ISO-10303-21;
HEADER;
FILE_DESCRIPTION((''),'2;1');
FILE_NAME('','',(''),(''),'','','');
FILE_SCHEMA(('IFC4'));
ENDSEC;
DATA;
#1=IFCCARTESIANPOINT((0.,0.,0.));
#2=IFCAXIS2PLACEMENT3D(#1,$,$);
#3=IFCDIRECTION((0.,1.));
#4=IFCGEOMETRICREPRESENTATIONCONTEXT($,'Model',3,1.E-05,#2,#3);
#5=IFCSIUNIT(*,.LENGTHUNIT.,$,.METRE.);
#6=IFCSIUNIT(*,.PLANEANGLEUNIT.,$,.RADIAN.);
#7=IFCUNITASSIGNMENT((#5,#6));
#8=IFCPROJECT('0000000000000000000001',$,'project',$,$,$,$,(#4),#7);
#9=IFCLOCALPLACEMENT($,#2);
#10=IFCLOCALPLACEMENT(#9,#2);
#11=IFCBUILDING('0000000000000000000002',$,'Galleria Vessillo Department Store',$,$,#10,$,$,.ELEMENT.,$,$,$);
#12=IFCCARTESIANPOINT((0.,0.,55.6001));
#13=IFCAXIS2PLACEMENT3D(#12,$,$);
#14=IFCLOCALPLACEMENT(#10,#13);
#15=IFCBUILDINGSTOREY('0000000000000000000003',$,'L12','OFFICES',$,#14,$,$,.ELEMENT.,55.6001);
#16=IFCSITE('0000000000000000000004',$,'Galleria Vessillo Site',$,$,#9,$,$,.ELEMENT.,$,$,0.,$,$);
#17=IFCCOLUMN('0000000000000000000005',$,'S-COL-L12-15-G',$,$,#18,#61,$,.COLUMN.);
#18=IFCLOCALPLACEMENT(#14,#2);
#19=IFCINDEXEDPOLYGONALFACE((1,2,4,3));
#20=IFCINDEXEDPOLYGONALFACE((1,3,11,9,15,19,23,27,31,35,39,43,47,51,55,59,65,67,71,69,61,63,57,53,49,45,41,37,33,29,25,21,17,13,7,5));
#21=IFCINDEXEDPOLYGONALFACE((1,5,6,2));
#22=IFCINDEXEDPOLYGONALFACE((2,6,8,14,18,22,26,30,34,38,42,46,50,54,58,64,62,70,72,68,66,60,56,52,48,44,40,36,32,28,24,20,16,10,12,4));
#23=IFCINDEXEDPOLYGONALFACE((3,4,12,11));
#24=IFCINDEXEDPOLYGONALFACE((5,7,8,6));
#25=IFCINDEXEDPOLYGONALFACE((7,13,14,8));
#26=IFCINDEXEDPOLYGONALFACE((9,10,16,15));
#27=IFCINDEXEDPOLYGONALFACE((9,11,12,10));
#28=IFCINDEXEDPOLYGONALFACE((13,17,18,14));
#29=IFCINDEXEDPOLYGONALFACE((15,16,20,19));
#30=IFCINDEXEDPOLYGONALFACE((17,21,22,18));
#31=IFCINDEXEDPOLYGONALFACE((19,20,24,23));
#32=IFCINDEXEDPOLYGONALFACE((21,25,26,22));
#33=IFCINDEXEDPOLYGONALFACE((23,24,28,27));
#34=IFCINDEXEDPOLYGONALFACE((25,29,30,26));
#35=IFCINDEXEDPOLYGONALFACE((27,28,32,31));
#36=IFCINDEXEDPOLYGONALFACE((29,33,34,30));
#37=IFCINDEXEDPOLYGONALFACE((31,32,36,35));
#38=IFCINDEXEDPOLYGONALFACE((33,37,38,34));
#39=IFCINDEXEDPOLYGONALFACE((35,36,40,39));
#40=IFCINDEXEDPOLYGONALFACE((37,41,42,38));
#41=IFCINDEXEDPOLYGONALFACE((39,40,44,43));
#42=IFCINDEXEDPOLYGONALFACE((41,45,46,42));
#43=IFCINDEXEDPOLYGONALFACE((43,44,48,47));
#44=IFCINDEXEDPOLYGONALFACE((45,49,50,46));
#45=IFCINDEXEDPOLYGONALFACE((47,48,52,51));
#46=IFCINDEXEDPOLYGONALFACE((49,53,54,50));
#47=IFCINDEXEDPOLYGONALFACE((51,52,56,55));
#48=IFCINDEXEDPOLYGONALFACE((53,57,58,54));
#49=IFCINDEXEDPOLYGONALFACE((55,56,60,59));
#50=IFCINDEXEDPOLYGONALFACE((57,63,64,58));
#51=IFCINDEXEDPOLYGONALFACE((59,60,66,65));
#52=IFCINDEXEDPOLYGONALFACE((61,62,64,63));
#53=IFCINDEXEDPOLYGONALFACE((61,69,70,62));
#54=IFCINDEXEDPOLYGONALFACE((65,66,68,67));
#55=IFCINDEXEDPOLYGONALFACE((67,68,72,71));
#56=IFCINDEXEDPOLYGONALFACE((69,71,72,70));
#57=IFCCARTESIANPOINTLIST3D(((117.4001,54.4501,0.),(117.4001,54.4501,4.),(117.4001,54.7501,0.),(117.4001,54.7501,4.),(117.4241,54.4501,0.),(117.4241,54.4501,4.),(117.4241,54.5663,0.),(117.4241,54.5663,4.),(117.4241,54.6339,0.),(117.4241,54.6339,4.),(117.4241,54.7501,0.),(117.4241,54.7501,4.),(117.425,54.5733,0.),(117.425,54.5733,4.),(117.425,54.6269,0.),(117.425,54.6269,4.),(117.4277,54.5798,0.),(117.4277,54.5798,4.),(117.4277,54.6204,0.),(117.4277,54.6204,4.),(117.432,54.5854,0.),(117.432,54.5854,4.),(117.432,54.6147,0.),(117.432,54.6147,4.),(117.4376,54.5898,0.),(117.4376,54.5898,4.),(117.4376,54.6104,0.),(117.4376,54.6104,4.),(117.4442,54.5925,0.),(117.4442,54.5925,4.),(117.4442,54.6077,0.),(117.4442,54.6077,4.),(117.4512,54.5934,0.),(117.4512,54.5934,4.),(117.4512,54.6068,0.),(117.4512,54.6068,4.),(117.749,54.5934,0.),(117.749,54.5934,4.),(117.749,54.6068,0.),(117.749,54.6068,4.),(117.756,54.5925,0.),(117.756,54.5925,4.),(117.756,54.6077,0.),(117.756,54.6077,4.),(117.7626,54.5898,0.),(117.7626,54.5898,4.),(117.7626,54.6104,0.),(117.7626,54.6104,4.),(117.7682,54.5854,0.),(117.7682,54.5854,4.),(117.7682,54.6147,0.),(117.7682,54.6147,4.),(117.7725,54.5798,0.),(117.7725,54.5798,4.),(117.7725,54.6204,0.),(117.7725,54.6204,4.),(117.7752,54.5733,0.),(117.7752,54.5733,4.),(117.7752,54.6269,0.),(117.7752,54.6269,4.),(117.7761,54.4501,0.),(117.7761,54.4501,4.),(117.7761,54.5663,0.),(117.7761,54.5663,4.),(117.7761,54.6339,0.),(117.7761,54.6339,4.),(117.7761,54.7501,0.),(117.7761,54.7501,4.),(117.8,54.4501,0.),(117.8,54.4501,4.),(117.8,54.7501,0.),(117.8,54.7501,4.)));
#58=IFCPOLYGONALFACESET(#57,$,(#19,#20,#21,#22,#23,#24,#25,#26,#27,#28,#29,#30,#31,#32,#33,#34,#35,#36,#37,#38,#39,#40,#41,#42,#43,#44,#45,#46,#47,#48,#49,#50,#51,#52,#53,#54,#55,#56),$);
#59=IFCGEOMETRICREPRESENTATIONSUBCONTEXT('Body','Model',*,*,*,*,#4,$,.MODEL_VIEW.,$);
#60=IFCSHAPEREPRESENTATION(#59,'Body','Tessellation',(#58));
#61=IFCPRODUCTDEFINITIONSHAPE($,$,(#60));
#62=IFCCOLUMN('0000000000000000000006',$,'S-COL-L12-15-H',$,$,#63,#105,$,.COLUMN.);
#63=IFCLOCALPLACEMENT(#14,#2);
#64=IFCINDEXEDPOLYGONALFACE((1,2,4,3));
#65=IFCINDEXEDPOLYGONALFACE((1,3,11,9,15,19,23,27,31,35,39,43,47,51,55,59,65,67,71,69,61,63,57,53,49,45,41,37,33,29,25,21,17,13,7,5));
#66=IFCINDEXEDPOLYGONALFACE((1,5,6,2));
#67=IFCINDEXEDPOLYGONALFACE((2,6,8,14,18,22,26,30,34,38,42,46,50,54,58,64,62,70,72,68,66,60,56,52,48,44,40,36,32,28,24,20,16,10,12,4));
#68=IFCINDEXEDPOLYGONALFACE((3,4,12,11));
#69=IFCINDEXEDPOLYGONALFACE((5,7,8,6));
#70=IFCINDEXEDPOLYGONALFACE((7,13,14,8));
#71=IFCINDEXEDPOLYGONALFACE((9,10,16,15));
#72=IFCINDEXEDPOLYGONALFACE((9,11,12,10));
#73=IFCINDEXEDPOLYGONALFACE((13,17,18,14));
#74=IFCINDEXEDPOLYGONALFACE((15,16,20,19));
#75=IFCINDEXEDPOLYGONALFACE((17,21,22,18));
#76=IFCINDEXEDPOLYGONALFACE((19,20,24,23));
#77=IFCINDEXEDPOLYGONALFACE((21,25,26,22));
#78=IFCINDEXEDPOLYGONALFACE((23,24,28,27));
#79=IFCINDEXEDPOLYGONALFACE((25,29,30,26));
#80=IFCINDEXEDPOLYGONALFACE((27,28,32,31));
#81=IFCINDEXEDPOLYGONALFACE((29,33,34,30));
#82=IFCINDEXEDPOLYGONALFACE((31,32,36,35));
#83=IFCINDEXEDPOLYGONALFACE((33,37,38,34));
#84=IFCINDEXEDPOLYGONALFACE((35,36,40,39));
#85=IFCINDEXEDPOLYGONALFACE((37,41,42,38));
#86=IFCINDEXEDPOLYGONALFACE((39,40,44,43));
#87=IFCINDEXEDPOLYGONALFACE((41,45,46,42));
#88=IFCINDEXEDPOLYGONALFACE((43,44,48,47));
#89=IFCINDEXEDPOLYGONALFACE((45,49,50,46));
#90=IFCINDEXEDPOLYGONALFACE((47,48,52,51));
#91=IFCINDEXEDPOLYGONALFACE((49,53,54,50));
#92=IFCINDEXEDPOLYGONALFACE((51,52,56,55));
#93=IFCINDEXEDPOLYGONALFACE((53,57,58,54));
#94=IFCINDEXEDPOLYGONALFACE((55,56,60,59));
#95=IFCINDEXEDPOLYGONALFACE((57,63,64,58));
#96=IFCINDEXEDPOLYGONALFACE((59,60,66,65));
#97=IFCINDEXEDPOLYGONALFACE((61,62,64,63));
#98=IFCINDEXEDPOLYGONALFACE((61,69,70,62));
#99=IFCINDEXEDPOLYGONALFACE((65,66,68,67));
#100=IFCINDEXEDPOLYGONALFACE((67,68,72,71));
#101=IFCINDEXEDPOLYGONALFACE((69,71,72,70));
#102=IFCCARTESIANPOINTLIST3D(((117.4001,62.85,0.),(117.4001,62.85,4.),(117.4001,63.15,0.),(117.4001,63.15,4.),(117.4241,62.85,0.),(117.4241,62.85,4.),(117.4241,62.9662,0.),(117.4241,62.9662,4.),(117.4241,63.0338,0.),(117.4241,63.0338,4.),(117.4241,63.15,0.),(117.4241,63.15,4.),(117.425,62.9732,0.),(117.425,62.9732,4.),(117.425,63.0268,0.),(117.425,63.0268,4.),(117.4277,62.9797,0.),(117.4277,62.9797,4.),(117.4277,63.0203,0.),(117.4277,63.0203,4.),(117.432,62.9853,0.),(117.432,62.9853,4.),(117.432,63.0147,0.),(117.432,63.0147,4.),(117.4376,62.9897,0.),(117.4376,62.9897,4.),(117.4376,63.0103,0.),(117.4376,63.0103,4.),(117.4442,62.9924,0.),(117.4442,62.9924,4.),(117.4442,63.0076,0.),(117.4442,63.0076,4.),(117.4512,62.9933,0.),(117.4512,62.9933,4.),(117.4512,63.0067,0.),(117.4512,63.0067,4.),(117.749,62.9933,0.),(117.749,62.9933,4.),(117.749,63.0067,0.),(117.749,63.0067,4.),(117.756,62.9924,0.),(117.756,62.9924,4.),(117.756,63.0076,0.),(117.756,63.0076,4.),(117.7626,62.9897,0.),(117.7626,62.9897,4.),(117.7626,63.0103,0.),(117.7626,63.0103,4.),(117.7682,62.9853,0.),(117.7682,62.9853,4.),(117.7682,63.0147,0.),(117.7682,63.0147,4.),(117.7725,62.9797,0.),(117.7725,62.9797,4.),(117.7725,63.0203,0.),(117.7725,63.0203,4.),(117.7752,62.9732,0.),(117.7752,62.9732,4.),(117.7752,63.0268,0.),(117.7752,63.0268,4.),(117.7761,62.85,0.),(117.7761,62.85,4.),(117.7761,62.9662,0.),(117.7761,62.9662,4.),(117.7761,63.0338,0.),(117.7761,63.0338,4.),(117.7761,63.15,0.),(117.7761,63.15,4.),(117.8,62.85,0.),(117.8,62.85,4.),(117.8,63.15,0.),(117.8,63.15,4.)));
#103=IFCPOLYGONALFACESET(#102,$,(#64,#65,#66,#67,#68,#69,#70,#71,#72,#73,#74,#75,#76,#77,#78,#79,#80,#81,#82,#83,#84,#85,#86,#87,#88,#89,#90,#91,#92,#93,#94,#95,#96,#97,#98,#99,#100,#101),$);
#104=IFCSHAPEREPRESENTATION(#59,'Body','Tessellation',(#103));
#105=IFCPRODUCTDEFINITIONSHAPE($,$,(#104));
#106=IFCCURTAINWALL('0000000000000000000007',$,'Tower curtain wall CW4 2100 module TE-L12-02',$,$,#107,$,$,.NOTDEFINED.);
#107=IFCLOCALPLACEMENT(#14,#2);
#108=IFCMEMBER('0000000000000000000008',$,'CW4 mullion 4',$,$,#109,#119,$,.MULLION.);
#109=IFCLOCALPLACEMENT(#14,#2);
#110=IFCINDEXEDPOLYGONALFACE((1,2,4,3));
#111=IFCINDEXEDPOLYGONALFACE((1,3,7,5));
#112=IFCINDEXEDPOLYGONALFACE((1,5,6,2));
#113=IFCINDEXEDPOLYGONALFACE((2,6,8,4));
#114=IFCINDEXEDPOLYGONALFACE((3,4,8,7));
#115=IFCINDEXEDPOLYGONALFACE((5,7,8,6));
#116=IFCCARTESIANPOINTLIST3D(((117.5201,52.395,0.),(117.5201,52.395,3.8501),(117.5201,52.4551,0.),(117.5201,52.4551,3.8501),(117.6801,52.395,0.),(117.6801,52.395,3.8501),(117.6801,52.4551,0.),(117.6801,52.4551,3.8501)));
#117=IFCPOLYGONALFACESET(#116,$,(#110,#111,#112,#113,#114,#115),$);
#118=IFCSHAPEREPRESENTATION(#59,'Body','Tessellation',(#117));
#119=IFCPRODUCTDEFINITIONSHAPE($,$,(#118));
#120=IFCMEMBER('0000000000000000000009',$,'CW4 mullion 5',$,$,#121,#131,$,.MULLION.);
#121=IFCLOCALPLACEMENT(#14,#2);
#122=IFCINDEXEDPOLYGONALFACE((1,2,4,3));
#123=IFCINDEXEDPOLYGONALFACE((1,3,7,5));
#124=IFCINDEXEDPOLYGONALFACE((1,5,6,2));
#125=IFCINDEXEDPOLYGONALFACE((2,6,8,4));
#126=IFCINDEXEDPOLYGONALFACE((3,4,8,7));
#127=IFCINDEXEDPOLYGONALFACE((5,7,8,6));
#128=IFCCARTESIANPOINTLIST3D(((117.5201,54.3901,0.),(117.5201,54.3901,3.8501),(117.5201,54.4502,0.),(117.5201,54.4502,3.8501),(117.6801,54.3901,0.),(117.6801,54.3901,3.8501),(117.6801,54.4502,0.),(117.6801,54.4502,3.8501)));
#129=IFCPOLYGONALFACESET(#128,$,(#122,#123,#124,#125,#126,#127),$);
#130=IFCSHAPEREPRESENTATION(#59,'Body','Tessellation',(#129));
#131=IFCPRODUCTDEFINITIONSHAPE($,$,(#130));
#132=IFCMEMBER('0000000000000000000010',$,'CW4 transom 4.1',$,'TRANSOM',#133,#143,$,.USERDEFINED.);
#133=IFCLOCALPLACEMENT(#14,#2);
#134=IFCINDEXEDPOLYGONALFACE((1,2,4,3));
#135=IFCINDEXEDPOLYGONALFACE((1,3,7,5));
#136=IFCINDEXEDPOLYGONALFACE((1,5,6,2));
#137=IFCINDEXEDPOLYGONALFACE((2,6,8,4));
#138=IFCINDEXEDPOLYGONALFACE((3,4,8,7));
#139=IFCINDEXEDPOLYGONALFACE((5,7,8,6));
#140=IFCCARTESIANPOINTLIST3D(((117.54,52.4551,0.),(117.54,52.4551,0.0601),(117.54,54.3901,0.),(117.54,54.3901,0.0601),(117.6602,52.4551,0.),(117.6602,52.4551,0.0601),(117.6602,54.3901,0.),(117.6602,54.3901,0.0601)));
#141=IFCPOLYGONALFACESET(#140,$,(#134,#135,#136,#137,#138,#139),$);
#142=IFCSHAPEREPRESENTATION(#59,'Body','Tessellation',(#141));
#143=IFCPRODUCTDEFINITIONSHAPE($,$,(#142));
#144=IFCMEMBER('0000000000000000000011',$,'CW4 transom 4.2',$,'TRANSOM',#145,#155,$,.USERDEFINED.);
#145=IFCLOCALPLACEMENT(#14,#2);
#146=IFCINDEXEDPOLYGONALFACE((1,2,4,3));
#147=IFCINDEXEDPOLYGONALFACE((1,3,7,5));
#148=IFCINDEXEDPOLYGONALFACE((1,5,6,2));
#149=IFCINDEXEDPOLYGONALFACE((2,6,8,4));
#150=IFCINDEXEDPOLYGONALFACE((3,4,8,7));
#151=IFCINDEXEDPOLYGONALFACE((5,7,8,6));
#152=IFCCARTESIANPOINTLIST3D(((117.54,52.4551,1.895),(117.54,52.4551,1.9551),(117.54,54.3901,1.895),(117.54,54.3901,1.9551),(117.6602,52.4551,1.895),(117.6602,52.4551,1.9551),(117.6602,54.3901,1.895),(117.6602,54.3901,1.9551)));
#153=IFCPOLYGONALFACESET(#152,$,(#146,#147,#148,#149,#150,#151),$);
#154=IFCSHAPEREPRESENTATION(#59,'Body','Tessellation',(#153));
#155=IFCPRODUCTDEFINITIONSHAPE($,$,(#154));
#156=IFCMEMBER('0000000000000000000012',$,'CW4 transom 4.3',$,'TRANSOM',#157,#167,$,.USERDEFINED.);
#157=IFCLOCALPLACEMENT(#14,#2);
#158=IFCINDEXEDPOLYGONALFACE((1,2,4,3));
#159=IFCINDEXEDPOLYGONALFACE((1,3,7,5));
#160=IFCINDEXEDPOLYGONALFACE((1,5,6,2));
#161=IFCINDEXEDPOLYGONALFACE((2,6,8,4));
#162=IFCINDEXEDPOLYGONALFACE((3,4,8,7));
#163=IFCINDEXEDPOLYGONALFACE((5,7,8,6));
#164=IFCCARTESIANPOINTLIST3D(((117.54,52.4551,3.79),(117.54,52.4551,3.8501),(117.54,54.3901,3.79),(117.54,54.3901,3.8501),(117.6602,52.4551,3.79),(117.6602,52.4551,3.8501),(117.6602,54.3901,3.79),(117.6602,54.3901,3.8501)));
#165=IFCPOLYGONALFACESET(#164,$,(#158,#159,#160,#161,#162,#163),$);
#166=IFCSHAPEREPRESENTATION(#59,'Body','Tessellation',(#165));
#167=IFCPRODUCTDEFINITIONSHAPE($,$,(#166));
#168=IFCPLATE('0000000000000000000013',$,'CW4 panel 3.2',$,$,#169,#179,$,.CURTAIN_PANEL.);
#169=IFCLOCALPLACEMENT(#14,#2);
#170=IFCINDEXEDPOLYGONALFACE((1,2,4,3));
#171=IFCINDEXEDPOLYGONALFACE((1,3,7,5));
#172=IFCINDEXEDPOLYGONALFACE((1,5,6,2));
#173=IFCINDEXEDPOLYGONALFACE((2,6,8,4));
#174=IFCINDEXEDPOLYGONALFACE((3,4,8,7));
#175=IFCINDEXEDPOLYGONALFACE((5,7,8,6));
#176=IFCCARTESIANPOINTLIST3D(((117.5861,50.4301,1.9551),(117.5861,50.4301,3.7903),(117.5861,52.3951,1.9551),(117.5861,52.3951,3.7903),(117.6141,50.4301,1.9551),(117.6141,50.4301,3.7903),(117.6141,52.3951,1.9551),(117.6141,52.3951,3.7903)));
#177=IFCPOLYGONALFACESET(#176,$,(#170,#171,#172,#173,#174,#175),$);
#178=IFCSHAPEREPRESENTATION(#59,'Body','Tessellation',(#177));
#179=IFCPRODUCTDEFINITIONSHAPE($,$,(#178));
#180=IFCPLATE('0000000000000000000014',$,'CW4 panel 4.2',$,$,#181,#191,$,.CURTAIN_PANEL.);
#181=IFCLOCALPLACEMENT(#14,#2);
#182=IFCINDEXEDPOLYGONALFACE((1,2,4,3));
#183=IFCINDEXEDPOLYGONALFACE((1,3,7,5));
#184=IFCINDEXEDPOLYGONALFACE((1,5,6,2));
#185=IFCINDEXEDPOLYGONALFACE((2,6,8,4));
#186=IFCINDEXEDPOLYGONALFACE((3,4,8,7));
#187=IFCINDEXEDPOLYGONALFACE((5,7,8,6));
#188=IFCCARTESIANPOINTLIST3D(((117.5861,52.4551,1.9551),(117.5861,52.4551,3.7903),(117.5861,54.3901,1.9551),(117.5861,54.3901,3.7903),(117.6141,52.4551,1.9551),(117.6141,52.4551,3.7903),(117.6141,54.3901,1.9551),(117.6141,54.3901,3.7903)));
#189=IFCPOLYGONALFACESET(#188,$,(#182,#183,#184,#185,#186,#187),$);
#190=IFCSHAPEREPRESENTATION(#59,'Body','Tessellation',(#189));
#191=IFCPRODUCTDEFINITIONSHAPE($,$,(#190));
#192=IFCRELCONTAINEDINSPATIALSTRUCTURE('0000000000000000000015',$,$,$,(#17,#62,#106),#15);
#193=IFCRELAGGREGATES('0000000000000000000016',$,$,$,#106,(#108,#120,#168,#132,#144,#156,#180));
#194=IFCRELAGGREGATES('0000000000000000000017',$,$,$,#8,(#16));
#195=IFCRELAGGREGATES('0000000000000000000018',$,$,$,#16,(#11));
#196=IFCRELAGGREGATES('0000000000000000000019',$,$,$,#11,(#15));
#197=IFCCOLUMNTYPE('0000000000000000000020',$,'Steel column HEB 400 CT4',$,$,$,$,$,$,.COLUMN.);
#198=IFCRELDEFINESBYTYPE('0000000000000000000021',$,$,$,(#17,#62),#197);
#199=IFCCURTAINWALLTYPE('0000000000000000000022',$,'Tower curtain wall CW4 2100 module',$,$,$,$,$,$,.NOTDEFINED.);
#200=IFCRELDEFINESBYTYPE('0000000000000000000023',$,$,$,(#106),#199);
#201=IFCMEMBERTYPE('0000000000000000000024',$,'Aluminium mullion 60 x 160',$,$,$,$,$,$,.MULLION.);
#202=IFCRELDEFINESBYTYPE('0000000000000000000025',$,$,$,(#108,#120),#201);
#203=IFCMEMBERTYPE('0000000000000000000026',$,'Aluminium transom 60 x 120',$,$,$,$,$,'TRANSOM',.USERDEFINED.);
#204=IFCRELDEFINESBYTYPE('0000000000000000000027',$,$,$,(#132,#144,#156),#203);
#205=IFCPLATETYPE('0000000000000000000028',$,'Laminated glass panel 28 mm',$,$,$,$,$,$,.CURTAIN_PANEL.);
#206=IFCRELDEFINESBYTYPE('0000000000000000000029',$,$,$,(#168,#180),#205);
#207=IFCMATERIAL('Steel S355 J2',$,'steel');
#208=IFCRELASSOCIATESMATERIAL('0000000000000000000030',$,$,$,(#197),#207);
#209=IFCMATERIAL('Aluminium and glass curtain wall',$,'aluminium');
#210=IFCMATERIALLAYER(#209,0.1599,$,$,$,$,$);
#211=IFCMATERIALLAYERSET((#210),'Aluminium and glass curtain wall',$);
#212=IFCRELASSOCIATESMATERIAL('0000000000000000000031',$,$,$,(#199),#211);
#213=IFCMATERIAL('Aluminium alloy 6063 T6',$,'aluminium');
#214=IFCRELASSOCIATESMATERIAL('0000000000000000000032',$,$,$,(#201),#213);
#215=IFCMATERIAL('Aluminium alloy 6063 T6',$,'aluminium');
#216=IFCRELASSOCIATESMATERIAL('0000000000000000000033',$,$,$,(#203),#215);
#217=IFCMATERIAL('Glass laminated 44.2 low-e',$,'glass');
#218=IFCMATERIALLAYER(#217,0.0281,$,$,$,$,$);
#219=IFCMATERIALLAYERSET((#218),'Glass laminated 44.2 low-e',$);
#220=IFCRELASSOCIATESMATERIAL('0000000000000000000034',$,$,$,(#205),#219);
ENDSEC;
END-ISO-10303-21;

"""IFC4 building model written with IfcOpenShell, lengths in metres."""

from ifc_helpers import new_model, si_unit, direction, frame, origin, origin_2d, place, context, subcontext, project, spatial, rectangle, i_section, extrude, material, layer, layer_set, material_profile, profile_set, type_object, element, aggregate, save


model = new_model("IFC4")

# Units and contexts
model_context = context("Model", 3, precision=1e-05, world=origin(), true_north=direction((0.0, 1.0)))
body_context = subcontext(model_context, "Body", "Model", "MODEL_VIEW")
ifc_project = project(units=[si_unit("LENGTHUNIT", "METRE"), si_unit("PLANEANGLEUNIT", "RADIAN")], contexts=[model_context])

# Site, building, storey
site_placement = place(None, origin())
site = spatial("IfcSite", under=ifc_project, at=site_placement, Name="Galleria Vessillo Site", CompositionType="ELEMENT", RefElevation=0.0)
building_placement = place(site_placement, origin())
building = spatial("IfcBuilding", under=site, at=building_placement, Name="Galleria Vessillo Department Store", CompositionType="ELEMENT")
storey_placement = place(building_placement, frame((0.0, 0.0, 55.6001)))
storey = spatial("IfcBuildingStorey", under=building, at=storey_placement, Name="L12", Description="OFFICES", CompositionType="ELEMENT", Elevation=55.6001)

# Columns
ifc_material_1 = material(Name="Steel S355 J2", Category="steel")
ifc_material_profile_1 = material_profile(ifc_material_1, i_section(OverallWidth=0.3, OverallDepth=0.3999, WebThickness=0.0134, FlangeThickness=0.0239, FilletRadius=0.0271, at=origin_2d()), Name="HEB 400")
ifc_profile_set_1 = profile_set([ifc_material_profile_1], Name="Steel S355 J2")
column_type = type_object("IfcColumnType", Name="Steel column HEB 400 CT4", PredefinedType="COLUMN", material=ifc_profile_set_1)
for number, where, z_axis, x_axis, name in (
    (1, (117.6001, 54.6001, 0.0), (0.0, 0.0, 1.0), (0.0, 1.0, 0.0), "S-COL-L12-15-G"),
    (2, (117.6001, 63.0, 0.0), (0.0, 0.0, 1.0), (0.0, 1.0, 0.0), "S-COL-L12-15-H"),
):
    element("IfcColumn", number, at=place(storey_placement, frame(where, z_axis=z_axis, x_axis=x_axis)), inside=storey, type_object=column_type, Name=name, PredefinedType="COLUMN", context=body_context, shape_type="SweptSolid", body=[
        extrude(i_section(OverallWidth=0.3, OverallDepth=0.3999, WebThickness=0.0134, FlangeThickness=0.0239, FilletRadius=0.0271, at=origin_2d()), origin(), (0.0, 0.0, 1.0), 4.0),
    ])

# Curtain wall, members, plates
ifc_material_2 = material(Name="Aluminium and glass curtain wall", Category="aluminium")
ifc_layer_1 = layer(ifc_material_2, 0.1599)
ifc_layer_set_1 = layer_set([ifc_layer_1], Name="Aluminium and glass curtain wall")
curtain_wall_type = type_object("IfcCurtainWallType", Name="Tower curtain wall CW4 2100 module", PredefinedType="NOTDEFINED", material=ifc_layer_set_1)
curtain_wall_placement = place(storey_placement, origin())
curtain_wall = element("IfcCurtainWall", 3, at=curtain_wall_placement, inside=storey, type_object=curtain_wall_type, Name="Tower curtain wall CW4 2100 module TE-L12-02", PredefinedType="NOTDEFINED")
ifc_material_3 = material(Name="Aluminium alloy 6063 T6", Category="aluminium")
ifc_material_profile_2 = material_profile(ifc_material_3, rectangle(XDim=0.1599, YDim=0.0601, at=origin_2d()), Name="AL 60x160")
ifc_profile_set_2 = profile_set([ifc_material_profile_2], Name="Aluminium alloy 6063 T6")
member_type_1 = type_object("IfcMemberType", Name="Aluminium mullion 60 x 160", PredefinedType="MULLION", material=ifc_profile_set_2)
member_1_placement = place(storey_placement, frame((117.6001, 52.425, 0.0), z_axis=(0.0, 0.0, 1.0), x_axis=(-1.0, 0.0, 0.0)))
member_1 = element("IfcMember", 4, at=member_1_placement, type_object=member_type_1, Name="CW4 mullion 4", PredefinedType="MULLION", context=body_context, shape_type="SweptSolid", body=[
    extrude(rectangle(XDim=0.1599, YDim=0.0601, at=origin_2d()), origin(), (0.0, 0.0, 1.0), 3.8501),
])
member_2_placement = place(storey_placement, frame((117.6001, 54.4202, 0.0), z_axis=(0.0, 0.0, 1.0), x_axis=(-1.0, 0.0, 0.0)))
member_2 = element("IfcMember", 5, at=member_2_placement, type_object=member_type_1, Name="CW4 mullion 5", PredefinedType="MULLION", context=body_context, shape_type="SweptSolid", body=[
    extrude(rectangle(XDim=0.1599, YDim=0.0601, at=origin_2d()), origin(), (0.0, 0.0, 1.0), 3.8501),
])
ifc_material_4 = material(Name="Aluminium alloy 6063 T6", Category="aluminium")
ifc_material_profile_3 = material_profile(ifc_material_4, rectangle(XDim=0.1201, YDim=0.0601, at=origin_2d()), Name="AL 60x120")
ifc_profile_set_3 = profile_set([ifc_material_profile_3], Name="Aluminium alloy 6063 T6")
member_type_2 = type_object("IfcMemberType", Name="Aluminium transom 60 x 120", ElementType="TRANSOM", PredefinedType="USERDEFINED", material=ifc_profile_set_3)
member_3_placement = place(storey_placement, frame((117.6001, 52.4551, 0.03), z_axis=(0.0, 1.0, 0.0), x_axis=(-1.0, 0.0, 0.0)))
member_3 = element("IfcMember", 6, at=member_3_placement, type_object=member_type_2, Name="CW4 transom 4.1", ObjectType="TRANSOM", PredefinedType="USERDEFINED", context=body_context, shape_type="SweptSolid", body=[
    extrude(rectangle(XDim=0.1201, YDim=0.0601, at=origin_2d()), origin(), (0.0, 0.0, 1.0), 1.9351),
])
member_4_placement = place(storey_placement, frame((117.6001, 52.4551, 1.925), z_axis=(0.0, 1.0, 0.0), x_axis=(-1.0, 0.0, 0.0)))
member_4 = element("IfcMember", 7, at=member_4_placement, type_object=member_type_2, Name="CW4 transom 4.2", ObjectType="TRANSOM", PredefinedType="USERDEFINED", context=body_context, shape_type="SweptSolid", body=[
    extrude(rectangle(XDim=0.1201, YDim=0.0601, at=origin_2d()), origin(), (0.0, 0.0, 1.0), 1.9351),
])
member_5_placement = place(storey_placement, frame((117.6001, 52.4551, 3.8201), z_axis=(0.0, 1.0, 0.0), x_axis=(-1.0, 0.0, 0.0)))
member_5 = element("IfcMember", 8, at=member_5_placement, type_object=member_type_2, Name="CW4 transom 4.3", ObjectType="TRANSOM", PredefinedType="USERDEFINED", context=body_context, shape_type="SweptSolid", body=[
    extrude(rectangle(XDim=0.1201, YDim=0.0601, at=origin_2d()), origin(), (0.0, 0.0, 1.0), 1.9351),
])
ifc_material_5 = material(Name="Glass laminated 44.2 low-e", Category="glass")
ifc_layer_2 = layer(ifc_material_5, 0.0281)
ifc_layer_set_2 = layer_set([ifc_layer_2], Name="Glass laminated 44.2 low-e")
plate_type_1 = type_object("IfcPlateType", Name="Laminated glass panel 28 mm", PredefinedType="CURTAIN_PANEL", material=ifc_layer_set_2)
plate_1_placement = place(storey_placement, frame((117.6001, 51.4126, 1.9551), z_axis=(0.0, 0.0, 1.0), x_axis=(0.0, 1.0, 0.0)))
plate_1 = element("IfcPlate", 9, at=plate_1_placement, type_object=plate_type_1, Name="CW4 panel 3.2", PredefinedType="CURTAIN_PANEL", context=body_context, shape_type="SweptSolid", body=[
    extrude(rectangle(XDim=1.9651, YDim=0.0281, at=origin_2d()), origin(), (0.0, 0.0, 1.0), 1.8352),
])
plate_2_placement = place(storey_placement, frame((117.6001, 53.4226, 1.9551), z_axis=(0.0, 0.0, 1.0), x_axis=(0.0, 1.0, 0.0)))
plate_2 = element("IfcPlate", 10, at=plate_2_placement, type_object=plate_type_1, Name="CW4 panel 4.2", PredefinedType="CURTAIN_PANEL", context=body_context, shape_type="SweptSolid", body=[
    extrude(rectangle(XDim=1.9351, YDim=0.0281, at=origin_2d()), origin(), (0.0, 0.0, 1.0), 1.8352),
])
aggregate(curtain_wall, [member_1, member_2, plate_1, member_3, member_4, member_5, plate_2])

save(model, "model.ifc")
